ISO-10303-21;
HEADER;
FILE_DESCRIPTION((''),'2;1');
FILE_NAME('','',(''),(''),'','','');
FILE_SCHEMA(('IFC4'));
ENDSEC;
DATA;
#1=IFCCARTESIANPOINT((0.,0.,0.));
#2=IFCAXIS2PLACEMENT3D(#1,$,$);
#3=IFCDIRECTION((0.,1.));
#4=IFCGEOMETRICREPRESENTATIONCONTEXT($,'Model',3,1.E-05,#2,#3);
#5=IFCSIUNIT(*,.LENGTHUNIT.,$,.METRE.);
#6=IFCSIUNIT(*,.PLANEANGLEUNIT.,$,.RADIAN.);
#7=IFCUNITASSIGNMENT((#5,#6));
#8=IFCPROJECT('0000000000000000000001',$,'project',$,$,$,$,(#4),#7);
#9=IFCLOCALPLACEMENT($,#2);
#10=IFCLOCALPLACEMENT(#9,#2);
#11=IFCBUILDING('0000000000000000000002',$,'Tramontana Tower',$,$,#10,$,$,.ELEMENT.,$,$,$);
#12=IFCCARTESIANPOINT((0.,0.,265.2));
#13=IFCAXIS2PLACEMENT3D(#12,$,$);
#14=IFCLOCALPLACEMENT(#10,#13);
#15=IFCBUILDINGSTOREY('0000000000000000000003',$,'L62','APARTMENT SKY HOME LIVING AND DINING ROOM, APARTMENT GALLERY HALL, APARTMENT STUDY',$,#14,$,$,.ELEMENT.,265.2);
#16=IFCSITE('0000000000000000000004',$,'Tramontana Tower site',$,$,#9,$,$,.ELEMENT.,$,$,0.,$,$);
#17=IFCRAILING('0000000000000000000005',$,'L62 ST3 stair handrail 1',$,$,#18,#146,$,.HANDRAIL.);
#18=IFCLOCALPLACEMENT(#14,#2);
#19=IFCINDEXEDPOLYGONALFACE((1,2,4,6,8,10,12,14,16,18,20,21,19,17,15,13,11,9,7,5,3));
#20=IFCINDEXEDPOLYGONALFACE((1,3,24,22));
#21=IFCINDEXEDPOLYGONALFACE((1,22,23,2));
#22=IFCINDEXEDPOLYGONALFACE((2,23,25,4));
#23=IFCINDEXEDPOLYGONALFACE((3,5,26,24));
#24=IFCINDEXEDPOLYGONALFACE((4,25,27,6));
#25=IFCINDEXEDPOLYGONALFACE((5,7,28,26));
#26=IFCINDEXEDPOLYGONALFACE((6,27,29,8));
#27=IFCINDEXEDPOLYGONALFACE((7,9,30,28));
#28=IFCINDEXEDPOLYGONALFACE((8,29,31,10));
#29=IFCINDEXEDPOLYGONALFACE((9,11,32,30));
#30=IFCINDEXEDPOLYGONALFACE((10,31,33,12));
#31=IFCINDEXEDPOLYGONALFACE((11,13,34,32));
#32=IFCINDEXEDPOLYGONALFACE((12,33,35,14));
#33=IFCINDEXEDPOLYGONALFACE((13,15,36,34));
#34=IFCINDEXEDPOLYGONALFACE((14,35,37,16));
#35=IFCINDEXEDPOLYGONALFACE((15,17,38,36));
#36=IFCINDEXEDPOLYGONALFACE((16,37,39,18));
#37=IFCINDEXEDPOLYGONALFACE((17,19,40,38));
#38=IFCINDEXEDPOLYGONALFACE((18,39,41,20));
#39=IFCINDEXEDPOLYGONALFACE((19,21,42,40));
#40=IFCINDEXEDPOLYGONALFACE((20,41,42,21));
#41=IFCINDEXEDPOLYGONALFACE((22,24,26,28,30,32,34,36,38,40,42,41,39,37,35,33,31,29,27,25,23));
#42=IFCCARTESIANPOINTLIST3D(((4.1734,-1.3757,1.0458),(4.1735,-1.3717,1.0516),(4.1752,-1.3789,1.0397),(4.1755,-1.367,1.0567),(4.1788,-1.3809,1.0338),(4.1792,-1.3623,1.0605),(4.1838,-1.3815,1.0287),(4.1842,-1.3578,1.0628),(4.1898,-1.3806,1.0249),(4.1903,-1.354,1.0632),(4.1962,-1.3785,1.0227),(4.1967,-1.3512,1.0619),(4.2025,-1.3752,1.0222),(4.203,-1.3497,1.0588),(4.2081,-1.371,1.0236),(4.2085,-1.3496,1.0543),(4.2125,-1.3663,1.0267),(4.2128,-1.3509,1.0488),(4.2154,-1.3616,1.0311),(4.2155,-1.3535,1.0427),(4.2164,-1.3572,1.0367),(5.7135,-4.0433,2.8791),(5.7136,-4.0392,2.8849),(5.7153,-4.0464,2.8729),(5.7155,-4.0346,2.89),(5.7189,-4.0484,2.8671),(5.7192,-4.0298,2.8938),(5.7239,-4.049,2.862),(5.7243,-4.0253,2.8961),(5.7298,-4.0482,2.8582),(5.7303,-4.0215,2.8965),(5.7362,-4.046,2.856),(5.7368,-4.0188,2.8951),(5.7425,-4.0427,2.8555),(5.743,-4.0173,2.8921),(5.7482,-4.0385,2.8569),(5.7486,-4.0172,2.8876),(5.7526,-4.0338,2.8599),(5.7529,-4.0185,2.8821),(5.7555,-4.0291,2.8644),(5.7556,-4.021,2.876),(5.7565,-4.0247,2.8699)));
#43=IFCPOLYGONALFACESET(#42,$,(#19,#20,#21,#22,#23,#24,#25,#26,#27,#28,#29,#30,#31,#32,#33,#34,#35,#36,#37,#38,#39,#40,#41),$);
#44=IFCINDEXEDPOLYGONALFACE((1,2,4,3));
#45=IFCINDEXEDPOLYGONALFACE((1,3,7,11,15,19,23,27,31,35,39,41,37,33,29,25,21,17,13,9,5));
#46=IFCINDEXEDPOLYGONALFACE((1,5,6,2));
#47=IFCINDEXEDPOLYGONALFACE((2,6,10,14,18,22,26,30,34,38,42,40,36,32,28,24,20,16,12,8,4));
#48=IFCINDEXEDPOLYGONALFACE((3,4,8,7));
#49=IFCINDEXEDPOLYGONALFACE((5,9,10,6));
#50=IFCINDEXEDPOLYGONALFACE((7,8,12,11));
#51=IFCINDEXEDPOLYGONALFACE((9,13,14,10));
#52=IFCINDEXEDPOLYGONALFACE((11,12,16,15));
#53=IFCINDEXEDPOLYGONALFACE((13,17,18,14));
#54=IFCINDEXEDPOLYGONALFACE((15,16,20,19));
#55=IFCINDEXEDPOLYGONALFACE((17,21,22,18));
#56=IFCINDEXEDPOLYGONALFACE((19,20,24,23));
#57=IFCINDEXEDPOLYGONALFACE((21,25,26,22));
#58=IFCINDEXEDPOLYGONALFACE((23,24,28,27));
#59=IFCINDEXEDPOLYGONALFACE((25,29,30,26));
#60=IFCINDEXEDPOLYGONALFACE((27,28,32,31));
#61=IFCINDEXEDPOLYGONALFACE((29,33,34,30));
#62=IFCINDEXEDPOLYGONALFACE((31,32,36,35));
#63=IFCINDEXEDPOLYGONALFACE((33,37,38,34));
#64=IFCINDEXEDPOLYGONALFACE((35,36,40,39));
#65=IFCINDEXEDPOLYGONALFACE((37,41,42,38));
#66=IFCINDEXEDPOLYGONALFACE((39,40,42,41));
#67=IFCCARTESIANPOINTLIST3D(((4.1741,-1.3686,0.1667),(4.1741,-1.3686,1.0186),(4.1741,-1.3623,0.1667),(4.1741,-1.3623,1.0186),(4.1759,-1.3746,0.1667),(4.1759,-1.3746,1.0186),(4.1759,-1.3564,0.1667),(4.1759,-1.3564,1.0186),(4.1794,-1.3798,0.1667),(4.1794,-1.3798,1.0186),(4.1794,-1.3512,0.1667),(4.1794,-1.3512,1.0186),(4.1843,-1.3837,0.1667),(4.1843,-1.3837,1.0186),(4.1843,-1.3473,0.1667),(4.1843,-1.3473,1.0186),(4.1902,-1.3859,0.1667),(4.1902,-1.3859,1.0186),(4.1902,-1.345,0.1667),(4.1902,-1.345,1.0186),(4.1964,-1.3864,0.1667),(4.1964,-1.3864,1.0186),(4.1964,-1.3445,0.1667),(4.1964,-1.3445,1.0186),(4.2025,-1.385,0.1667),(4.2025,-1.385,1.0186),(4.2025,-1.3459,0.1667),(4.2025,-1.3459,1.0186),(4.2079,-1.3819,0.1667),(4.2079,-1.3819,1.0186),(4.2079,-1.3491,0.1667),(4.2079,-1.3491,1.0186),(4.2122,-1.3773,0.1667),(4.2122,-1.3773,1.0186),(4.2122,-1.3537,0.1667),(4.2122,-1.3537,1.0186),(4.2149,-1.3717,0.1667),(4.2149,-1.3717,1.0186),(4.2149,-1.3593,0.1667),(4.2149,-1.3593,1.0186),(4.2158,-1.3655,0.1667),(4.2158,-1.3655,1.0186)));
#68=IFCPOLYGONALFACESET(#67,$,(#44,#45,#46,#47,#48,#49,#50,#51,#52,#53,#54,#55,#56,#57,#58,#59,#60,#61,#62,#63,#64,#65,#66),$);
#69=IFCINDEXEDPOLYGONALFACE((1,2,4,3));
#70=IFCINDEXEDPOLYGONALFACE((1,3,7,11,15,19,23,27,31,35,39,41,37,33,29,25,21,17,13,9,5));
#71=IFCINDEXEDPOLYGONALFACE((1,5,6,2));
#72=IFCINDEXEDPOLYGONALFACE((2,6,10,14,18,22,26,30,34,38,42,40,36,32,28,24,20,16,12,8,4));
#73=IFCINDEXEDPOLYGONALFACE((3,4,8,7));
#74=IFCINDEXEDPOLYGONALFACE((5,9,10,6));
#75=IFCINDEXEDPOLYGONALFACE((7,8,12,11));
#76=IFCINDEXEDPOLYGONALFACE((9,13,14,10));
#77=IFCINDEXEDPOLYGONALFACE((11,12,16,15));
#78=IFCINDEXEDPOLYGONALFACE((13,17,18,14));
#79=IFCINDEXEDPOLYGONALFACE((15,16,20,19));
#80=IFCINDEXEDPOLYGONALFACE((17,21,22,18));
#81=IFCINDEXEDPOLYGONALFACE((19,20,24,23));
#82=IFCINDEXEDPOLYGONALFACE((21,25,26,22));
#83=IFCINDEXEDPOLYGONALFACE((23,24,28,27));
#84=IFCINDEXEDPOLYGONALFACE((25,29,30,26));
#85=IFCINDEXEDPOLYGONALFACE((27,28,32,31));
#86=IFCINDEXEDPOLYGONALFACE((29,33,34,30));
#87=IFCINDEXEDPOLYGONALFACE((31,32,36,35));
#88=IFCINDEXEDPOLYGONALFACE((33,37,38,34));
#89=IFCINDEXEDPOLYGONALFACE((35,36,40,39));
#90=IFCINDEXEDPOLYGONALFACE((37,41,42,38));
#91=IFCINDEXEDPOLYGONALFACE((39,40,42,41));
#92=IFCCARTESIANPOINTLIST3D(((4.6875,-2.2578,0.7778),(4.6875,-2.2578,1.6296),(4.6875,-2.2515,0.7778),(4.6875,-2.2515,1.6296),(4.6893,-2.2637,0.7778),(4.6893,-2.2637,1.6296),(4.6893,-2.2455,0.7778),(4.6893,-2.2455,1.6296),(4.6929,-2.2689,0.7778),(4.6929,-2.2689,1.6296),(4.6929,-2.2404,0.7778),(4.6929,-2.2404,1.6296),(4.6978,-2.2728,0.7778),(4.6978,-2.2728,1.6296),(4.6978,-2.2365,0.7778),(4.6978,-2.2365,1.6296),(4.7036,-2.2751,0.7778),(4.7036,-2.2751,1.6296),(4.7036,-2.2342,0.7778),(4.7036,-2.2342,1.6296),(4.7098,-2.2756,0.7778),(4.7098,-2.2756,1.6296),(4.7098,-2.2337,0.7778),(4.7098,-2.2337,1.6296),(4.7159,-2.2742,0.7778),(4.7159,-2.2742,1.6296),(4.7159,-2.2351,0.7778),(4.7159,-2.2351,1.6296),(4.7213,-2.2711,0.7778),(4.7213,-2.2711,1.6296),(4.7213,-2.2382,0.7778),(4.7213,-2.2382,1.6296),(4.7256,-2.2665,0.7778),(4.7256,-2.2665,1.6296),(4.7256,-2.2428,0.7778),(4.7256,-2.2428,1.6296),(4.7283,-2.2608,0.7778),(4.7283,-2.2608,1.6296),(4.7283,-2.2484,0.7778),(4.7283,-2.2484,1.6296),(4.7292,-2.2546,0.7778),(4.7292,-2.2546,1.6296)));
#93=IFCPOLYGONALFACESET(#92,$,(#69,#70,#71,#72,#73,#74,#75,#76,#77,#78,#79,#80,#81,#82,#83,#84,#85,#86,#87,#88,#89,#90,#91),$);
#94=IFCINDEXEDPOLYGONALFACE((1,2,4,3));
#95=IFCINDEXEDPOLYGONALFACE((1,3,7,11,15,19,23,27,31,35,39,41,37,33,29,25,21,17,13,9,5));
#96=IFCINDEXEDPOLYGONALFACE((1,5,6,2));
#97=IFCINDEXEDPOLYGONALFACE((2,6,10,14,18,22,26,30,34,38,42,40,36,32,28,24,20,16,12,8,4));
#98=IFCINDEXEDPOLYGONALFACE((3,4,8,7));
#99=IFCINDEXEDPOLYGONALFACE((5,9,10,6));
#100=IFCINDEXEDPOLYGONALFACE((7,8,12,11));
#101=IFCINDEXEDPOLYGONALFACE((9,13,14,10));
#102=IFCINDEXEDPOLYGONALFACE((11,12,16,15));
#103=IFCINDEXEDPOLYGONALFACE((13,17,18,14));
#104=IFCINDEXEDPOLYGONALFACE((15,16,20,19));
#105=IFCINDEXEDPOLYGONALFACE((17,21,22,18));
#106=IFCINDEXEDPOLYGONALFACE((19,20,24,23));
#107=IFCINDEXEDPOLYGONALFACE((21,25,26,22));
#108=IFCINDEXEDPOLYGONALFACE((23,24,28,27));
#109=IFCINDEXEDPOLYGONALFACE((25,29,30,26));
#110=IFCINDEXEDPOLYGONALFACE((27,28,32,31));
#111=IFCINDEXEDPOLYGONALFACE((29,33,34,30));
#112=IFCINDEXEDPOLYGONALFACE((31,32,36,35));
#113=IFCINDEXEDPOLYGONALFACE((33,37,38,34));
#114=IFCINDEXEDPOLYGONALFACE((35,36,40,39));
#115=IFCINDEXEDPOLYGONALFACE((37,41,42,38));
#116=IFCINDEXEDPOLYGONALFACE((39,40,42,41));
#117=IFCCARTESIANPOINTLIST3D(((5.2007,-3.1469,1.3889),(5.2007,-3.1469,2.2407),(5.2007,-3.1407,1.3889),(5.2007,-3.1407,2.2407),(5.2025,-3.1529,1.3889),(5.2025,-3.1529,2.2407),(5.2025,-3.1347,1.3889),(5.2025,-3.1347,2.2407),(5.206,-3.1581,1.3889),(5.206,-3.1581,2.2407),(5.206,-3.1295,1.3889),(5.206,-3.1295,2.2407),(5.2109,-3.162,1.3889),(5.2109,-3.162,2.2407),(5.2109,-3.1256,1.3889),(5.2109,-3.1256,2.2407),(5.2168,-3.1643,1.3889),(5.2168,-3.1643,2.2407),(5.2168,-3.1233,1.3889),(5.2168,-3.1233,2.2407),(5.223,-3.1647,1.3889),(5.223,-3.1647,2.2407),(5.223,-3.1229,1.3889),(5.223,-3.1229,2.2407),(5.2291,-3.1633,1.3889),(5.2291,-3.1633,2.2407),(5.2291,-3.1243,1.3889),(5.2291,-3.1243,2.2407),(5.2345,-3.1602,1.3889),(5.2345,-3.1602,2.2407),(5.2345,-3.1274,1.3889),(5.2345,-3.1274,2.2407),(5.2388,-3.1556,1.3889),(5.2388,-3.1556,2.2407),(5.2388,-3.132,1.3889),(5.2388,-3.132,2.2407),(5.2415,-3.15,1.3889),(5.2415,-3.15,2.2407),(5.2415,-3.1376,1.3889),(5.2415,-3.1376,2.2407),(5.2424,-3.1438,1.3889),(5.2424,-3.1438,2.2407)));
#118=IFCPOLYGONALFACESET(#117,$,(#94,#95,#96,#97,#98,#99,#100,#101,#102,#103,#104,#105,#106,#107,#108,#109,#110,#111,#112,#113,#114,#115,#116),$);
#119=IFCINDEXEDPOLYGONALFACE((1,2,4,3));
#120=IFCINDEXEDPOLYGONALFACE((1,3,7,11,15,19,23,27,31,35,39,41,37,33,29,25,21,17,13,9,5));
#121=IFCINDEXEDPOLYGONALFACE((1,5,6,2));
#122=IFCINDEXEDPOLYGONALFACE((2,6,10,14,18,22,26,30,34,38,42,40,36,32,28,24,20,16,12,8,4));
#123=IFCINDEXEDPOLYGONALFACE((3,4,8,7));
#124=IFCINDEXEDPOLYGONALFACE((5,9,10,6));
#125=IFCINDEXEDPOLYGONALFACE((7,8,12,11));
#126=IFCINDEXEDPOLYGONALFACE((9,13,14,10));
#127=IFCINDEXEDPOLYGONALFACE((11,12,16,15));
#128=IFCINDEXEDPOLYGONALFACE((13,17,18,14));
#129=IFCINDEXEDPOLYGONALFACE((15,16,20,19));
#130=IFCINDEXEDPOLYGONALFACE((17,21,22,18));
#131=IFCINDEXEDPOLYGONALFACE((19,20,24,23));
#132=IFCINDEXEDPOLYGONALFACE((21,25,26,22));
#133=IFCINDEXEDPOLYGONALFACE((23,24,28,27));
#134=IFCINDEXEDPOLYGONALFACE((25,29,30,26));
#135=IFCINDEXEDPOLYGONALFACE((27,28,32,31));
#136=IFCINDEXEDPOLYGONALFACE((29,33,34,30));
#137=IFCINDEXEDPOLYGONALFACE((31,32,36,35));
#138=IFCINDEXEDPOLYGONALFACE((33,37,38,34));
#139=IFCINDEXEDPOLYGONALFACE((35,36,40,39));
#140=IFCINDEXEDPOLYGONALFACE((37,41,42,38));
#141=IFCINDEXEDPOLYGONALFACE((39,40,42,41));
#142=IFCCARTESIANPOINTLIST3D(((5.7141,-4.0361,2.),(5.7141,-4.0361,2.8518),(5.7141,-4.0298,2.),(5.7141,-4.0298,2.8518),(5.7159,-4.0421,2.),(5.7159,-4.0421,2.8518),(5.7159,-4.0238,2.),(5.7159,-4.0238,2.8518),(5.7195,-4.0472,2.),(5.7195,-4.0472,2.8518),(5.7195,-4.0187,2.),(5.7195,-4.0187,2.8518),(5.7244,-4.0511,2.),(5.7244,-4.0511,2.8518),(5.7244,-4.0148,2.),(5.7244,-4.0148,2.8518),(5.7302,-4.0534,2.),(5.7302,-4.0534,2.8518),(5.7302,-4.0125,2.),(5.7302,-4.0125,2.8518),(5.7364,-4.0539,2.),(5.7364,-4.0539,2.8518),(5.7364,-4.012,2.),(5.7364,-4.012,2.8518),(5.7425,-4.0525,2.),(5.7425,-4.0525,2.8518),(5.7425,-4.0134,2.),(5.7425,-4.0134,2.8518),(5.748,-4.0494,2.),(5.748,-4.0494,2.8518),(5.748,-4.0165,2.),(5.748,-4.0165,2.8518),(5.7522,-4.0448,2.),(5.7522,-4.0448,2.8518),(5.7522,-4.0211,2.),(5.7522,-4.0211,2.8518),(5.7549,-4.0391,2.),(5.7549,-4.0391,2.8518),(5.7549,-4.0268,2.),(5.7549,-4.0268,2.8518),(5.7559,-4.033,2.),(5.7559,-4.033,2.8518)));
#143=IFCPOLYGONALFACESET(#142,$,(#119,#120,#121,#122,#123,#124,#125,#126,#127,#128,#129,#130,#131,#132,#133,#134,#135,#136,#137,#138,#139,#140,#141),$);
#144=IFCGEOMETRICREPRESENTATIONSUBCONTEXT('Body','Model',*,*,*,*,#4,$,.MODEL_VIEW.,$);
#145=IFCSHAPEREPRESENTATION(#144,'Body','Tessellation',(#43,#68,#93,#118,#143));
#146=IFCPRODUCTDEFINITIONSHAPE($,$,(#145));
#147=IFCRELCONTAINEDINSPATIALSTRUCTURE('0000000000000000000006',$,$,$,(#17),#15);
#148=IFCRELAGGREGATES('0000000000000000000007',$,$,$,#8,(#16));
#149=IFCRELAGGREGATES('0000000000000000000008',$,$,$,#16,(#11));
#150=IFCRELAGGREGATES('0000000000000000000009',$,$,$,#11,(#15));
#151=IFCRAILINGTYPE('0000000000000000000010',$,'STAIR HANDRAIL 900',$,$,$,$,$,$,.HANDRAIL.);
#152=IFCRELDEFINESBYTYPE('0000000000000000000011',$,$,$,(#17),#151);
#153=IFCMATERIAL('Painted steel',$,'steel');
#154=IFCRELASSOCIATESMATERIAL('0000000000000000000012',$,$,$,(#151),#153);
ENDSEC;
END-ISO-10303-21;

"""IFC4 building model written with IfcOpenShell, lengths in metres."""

from ifc_helpers import new_model, si_unit, direction, frame, origin, origin_2d, place, context, subcontext, project, spatial, circle, extrude, material, type_object, element, save


model = new_model("IFC4")

# Units and contexts
model_context = context("Model", 3, precision=1e-05, world=origin(), true_north=direction((0.0, 1.0)))
body_context = subcontext(model_context, "Body", "Model", "MODEL_VIEW")
ifc_project = project(units=[si_unit("LENGTHUNIT", "METRE"), si_unit("PLANEANGLEUNIT", "RADIAN")], contexts=[model_context])

# Site, building, storey
site_placement = place(None, origin())
site = spatial("IfcSite", under=ifc_project, at=site_placement, Name="Tramontana Tower site", CompositionType="ELEMENT", RefElevation=0.0)
building_placement = place(site_placement, origin())
building = spatial("IfcBuilding", under=site, at=building_placement, Name="Tramontana Tower", CompositionType="ELEMENT")
storey_placement = place(building_placement, frame((0.0, 0.0, 265.2)))
storey = spatial("IfcBuildingStorey", under=building, at=storey_placement, Name="L62", Description="APARTMENT SKY HOME LIVING AND DINING ROOM, APARTMENT GALLERY HALL, APARTMENT STUDY", CompositionType="ELEMENT", Elevation=265.2)

# Railing
ifc_material_1 = material(Name="Painted steel", Category="steel")
railing_type_1 = type_object("IfcRailingType", Name="STAIR HANDRAIL 900", PredefinedType="HANDRAIL", material=ifc_material_1)
railing_1_placement = place(storey_placement, frame((4.1948, -1.3655, 0.1667)))
element("IfcRailing", 1, at=railing_1_placement, inside=storey, type_object=railing_type_1, Name="L62 ST3 stair handrail 1", PredefinedType="HANDRAIL", context=body_context, shape_type="SweptSolid", body=[
    extrude(circle(Radius=0.0239, at=origin_2d()), frame((0.0, 0.0, 0.876), z_axis=(0.429649, -0.74419, 0.511452), x_axis=(0.86603, 0.499992, 0.0)), (0.0, 0.0, 1.0), 3.5845),
    extrude(circle(Radius=0.021, at=origin_2d()), origin(), (0.0, 0.0, 1.0), 0.8518),
    extrude(circle(Radius=0.021, at=origin_2d()), frame((0.5134, -0.8892, 0.6111)), (0.0, 0.0, 1.0), 0.8518),
    extrude(circle(Radius=0.021, at=origin_2d()), frame((1.0266, -1.7783, 1.2222)), (0.0, 0.0, 1.0), 0.8518),
    extrude(circle(Radius=0.021, at=origin_2d()), frame((1.54, -2.6675, 1.8333)), (0.0, 0.0, 1.0), 0.8518),
])

save(model, "model.ifc")
